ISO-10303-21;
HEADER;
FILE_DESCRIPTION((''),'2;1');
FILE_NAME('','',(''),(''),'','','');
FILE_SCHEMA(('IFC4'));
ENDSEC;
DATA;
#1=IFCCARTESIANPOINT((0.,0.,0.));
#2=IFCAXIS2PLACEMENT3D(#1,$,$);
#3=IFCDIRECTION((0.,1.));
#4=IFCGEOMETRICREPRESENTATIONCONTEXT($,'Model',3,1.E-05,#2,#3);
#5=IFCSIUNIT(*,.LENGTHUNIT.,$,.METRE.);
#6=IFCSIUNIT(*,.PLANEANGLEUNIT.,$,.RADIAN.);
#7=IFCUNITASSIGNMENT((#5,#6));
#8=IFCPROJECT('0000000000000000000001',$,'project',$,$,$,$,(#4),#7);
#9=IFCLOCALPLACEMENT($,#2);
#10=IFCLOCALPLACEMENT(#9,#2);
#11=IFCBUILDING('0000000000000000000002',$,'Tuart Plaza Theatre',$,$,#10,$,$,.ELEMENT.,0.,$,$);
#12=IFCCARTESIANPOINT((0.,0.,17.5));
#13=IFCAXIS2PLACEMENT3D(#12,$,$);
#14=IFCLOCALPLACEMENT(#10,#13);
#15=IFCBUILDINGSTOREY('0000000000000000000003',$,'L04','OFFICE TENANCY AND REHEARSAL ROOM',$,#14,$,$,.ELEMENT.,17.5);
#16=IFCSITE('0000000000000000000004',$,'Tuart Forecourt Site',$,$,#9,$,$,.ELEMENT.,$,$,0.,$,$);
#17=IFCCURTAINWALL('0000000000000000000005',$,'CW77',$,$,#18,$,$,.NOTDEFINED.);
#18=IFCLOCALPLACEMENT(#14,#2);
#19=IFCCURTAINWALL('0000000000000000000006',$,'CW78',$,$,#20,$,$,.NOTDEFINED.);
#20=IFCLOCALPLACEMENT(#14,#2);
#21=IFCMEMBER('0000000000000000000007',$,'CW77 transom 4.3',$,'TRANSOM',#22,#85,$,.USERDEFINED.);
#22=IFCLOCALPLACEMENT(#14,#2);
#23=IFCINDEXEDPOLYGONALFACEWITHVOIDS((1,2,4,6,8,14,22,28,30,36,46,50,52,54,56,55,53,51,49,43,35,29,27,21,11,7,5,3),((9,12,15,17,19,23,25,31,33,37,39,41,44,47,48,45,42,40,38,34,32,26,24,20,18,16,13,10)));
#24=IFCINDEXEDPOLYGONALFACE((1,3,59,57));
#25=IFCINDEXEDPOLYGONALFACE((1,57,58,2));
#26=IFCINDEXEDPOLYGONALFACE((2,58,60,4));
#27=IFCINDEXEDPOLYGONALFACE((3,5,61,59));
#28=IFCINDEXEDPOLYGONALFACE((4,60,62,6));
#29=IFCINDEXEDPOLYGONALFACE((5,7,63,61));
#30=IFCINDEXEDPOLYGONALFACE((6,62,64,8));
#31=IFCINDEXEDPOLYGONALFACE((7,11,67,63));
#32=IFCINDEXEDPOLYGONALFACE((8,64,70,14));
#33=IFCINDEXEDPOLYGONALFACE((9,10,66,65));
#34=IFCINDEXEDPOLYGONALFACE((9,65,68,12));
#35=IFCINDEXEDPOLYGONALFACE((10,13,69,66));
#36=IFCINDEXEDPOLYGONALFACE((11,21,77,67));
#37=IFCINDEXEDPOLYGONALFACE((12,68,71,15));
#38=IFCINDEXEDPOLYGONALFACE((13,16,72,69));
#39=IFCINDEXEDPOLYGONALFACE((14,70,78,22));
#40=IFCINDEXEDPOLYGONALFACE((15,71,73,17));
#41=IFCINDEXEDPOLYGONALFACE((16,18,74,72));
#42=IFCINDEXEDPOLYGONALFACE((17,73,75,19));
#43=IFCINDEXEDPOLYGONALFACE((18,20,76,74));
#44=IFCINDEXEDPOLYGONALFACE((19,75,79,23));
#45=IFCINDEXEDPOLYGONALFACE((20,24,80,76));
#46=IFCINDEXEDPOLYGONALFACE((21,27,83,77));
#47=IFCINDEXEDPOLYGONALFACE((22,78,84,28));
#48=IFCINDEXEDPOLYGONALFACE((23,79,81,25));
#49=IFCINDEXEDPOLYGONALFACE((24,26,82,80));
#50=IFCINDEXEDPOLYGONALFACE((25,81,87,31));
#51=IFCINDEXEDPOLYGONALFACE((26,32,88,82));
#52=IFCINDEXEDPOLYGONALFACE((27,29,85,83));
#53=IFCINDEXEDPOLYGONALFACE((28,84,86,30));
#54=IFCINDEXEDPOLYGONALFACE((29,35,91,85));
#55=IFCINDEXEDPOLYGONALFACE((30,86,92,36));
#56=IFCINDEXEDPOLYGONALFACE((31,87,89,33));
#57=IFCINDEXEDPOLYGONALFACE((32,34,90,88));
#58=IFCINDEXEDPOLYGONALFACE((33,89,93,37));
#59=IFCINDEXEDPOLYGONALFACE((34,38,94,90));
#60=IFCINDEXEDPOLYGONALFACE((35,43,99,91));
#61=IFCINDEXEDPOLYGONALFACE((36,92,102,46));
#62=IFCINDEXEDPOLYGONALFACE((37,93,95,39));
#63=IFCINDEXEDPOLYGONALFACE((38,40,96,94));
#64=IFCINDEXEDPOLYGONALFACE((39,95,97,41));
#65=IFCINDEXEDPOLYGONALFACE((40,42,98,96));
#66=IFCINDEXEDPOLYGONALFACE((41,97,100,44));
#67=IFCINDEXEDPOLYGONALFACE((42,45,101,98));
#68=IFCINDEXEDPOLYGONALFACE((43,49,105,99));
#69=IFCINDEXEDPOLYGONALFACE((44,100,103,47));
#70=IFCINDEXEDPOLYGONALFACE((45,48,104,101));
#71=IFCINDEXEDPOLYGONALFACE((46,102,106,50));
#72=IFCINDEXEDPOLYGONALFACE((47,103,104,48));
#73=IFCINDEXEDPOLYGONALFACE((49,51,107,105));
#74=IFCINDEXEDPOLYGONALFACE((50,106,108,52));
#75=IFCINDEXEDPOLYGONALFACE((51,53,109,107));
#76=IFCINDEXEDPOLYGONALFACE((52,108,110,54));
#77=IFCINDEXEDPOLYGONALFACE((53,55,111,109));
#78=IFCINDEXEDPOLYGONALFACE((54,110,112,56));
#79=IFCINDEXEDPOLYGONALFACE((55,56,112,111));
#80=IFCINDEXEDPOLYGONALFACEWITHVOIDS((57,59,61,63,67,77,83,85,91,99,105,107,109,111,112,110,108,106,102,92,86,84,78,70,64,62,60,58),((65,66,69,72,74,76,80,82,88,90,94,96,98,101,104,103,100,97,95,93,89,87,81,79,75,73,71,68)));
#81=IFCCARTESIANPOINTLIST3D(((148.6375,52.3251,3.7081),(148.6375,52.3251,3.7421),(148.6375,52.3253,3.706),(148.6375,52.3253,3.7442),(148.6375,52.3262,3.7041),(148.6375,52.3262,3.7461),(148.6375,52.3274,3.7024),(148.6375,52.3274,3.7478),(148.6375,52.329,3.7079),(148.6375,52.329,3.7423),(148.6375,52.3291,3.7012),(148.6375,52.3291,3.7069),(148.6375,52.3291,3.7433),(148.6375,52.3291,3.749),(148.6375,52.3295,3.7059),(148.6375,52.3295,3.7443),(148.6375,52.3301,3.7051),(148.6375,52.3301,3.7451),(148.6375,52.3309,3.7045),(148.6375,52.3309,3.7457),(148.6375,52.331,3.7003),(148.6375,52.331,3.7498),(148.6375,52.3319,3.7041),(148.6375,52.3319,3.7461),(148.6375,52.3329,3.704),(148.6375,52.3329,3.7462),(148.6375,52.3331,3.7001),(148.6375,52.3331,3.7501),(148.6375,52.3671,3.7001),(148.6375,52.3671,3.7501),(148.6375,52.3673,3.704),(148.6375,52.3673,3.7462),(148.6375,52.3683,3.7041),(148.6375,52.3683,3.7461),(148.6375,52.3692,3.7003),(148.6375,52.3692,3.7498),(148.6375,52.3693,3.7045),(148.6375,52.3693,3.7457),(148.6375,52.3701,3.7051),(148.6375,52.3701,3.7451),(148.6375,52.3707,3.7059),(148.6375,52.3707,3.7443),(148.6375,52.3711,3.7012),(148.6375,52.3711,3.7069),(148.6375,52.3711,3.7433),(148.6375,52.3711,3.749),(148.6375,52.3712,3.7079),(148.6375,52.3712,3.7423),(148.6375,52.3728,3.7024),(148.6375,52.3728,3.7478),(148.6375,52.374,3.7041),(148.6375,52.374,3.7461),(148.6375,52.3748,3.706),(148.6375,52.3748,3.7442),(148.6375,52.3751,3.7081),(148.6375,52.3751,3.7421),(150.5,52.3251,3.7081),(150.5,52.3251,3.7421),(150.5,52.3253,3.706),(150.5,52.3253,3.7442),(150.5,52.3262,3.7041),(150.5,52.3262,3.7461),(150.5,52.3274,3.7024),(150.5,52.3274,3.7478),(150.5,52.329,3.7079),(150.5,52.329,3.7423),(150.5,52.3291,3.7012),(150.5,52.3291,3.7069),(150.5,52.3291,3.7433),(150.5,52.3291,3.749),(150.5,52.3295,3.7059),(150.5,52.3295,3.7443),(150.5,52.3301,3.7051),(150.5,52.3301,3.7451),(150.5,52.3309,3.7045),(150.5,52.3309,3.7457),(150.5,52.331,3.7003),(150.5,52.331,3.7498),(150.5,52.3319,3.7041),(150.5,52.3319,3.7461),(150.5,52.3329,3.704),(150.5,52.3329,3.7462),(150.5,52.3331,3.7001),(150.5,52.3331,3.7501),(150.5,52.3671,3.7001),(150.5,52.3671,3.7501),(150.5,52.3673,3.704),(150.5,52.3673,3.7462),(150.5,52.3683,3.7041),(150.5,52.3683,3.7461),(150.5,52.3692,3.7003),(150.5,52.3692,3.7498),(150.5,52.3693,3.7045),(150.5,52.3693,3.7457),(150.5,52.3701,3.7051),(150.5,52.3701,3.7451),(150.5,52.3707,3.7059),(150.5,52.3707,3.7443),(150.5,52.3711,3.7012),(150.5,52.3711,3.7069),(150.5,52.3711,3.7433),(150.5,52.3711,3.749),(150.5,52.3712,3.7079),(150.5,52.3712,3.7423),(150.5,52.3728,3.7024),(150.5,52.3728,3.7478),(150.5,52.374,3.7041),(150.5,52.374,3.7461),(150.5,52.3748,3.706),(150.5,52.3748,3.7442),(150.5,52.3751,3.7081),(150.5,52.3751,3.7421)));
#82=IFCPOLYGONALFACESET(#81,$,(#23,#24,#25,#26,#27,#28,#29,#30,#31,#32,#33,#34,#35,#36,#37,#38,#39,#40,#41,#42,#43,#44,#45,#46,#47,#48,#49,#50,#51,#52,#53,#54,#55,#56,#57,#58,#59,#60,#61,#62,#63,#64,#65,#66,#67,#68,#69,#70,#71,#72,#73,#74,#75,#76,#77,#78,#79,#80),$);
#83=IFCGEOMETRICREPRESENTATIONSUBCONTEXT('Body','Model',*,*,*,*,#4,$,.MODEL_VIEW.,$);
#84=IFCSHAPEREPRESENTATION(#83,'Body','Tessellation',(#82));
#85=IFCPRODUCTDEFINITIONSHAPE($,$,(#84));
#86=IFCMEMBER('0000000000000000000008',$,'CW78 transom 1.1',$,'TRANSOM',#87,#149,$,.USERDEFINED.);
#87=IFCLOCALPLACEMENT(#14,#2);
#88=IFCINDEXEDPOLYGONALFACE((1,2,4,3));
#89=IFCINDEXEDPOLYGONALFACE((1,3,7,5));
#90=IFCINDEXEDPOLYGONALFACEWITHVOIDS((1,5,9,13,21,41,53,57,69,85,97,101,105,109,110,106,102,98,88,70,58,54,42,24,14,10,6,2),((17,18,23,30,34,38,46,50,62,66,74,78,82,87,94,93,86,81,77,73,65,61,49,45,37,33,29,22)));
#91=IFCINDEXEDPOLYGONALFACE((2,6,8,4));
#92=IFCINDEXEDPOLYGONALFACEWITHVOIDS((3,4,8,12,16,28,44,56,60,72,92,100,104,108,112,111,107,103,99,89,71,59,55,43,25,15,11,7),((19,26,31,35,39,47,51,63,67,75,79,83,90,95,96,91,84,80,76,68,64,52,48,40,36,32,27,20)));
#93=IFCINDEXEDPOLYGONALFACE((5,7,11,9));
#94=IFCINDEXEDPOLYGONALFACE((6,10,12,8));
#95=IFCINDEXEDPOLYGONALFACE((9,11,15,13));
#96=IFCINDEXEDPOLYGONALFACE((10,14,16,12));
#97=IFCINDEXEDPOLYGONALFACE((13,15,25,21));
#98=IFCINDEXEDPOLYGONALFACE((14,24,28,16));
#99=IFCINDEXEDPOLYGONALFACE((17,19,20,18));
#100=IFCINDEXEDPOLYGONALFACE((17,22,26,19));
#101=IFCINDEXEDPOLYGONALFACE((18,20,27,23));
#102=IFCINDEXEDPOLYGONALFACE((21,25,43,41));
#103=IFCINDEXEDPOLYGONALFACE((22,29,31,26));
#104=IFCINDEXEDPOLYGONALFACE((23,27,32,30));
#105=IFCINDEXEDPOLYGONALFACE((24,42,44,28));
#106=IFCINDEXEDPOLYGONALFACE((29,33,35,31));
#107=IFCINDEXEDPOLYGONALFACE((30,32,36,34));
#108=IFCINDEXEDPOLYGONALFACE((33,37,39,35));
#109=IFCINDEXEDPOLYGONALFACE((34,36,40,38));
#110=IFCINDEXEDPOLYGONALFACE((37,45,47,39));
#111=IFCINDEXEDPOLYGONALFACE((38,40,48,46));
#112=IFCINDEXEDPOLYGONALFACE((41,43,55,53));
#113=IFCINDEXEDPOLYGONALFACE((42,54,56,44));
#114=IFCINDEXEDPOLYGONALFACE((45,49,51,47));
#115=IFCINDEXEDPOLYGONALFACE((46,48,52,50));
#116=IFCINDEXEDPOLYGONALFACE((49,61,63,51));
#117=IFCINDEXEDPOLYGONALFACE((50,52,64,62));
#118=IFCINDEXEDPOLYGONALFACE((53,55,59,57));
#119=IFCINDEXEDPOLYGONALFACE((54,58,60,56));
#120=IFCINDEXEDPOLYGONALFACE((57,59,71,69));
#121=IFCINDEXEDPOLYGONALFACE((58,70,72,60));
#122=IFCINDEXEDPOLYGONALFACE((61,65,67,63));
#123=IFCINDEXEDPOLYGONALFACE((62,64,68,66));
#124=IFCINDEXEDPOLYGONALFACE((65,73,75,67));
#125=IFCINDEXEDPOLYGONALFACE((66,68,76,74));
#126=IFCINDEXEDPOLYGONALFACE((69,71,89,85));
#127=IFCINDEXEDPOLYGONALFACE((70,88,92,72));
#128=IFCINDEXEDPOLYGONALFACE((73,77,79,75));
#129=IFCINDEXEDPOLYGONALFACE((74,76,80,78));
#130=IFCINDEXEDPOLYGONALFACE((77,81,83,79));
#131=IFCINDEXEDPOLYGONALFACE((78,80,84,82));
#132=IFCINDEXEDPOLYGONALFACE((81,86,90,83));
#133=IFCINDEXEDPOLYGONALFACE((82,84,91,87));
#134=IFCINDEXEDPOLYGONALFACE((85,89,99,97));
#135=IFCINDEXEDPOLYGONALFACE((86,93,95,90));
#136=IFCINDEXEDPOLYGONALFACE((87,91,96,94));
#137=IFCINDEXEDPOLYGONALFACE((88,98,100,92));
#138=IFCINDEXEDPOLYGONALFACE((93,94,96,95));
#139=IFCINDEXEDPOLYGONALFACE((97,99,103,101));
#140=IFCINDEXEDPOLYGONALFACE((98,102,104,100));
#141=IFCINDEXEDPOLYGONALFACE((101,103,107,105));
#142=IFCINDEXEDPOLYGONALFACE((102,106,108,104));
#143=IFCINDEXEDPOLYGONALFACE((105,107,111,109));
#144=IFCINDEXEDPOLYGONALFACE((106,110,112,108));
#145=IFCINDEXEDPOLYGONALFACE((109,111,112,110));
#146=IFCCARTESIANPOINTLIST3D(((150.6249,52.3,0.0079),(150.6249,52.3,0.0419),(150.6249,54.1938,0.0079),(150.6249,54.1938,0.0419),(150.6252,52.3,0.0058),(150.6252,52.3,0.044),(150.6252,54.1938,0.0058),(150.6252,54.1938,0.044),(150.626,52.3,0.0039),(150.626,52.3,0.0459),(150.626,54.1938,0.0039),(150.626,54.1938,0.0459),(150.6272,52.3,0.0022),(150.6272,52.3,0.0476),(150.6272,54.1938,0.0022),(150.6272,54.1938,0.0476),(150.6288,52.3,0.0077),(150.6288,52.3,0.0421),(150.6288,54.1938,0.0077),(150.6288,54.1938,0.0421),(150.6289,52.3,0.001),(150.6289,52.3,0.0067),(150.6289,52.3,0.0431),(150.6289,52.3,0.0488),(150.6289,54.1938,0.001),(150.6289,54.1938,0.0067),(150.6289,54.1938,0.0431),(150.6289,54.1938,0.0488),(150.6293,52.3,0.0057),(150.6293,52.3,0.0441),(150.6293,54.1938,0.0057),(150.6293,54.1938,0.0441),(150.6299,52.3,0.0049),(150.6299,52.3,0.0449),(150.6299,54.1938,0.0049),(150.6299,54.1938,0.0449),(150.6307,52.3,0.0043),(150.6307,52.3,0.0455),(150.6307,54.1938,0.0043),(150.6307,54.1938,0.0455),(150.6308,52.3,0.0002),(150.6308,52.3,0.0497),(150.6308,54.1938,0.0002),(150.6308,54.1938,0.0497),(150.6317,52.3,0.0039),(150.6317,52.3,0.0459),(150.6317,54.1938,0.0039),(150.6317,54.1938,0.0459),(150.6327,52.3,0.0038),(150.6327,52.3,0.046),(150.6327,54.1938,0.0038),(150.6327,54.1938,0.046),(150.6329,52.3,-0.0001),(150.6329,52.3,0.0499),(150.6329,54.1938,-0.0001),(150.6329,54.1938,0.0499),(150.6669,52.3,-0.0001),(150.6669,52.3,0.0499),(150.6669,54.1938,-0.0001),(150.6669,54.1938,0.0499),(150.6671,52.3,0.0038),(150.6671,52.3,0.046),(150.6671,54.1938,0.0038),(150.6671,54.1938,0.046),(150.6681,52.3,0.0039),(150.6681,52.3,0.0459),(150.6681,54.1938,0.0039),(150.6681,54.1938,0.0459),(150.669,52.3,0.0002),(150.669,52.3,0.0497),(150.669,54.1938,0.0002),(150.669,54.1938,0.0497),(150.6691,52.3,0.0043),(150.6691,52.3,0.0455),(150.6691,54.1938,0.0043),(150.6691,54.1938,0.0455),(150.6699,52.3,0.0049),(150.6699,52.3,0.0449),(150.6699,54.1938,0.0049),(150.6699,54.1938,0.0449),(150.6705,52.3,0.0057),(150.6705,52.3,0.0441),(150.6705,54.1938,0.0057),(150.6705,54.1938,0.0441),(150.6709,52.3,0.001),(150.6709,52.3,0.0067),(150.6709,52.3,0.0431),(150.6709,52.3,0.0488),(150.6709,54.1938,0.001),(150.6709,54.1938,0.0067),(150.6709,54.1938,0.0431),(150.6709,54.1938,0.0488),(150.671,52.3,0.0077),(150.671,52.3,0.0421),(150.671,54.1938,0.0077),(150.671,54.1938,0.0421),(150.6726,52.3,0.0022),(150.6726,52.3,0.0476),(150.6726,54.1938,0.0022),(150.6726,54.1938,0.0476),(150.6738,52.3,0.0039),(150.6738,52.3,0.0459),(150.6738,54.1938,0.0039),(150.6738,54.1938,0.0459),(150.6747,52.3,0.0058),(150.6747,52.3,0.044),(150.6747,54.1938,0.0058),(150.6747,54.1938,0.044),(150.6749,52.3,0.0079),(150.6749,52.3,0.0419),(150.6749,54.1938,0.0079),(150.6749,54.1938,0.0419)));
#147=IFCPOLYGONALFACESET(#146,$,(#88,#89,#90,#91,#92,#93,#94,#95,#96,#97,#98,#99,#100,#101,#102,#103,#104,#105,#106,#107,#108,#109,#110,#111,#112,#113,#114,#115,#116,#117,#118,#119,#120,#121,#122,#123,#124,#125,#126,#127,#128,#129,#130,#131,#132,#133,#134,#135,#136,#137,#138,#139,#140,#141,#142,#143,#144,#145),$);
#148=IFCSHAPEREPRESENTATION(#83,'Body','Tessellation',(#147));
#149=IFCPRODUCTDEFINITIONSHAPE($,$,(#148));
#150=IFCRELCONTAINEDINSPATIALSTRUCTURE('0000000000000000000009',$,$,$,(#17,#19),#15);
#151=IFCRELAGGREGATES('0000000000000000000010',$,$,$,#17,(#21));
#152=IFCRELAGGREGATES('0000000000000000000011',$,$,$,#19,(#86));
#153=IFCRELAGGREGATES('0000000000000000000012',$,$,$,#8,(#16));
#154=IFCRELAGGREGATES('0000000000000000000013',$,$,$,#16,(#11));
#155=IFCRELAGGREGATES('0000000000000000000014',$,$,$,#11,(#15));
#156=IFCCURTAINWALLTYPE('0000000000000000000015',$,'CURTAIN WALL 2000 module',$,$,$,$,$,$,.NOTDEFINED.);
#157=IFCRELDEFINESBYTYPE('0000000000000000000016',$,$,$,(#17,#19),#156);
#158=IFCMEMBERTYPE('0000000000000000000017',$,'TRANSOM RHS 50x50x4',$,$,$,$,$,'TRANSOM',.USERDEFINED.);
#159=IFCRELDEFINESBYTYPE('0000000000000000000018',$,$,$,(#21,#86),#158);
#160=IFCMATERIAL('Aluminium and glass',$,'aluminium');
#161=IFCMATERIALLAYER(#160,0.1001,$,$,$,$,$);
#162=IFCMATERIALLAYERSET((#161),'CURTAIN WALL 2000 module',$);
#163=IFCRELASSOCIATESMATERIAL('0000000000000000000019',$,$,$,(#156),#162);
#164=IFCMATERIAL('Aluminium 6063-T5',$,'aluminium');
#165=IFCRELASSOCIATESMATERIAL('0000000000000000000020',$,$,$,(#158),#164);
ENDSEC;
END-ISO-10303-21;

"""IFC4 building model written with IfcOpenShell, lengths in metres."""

from ifc_helpers import new_model, si_unit, direction, frame, origin, origin_2d, place, context, subcontext, project, spatial, hollow_rectangle, extrude, material, layer, layer_set, material_profile, profile_set, type_object, element, aggregate, save


model = new_model("IFC4")

# Units and contexts
model_context = context("Model", 3, precision=1e-05, world=origin(), true_north=direction((0.0, 1.0)))
body_context = subcontext(model_context, "Body", "Model", "MODEL_VIEW")
ifc_project = project(units=[si_unit("LENGTHUNIT", "METRE"), si_unit("PLANEANGLEUNIT", "RADIAN")], contexts=[model_context])

# Site, building, storey
site_placement = place(None, origin())
site = spatial("IfcSite", under=ifc_project, at=site_placement, Name="Tuart Forecourt Site", CompositionType="ELEMENT", RefElevation=0.0)
building_placement = place(site_placement, origin())
building = spatial("IfcBuilding", under=site, at=building_placement, Name="Tuart Plaza Theatre", CompositionType="ELEMENT", ElevationOfRefHeight=0.0)
storey_placement = place(building_placement, frame((0.0, 0.0, 17.5)))
storey = spatial("IfcBuildingStorey", under=building, at=storey_placement, Name="L04", Description="OFFICE TENANCY AND REHEARSAL ROOM", CompositionType="ELEMENT", Elevation=17.5)

# Curtain walls
ifc_material_1 = material(Name="Aluminium and glass", Category="aluminium")
ifc_layer_1 = layer(ifc_material_1, 0.1001)
ifc_layer_set_1 = layer_set([ifc_layer_1], Name="CURTAIN WALL 2000 module")
curtain_wall_type = type_object("IfcCurtainWallType", Name="CURTAIN WALL 2000 module", PredefinedType="NOTDEFINED", material=ifc_layer_set_1)
curtain_wall_1_placement = place(storey_placement, origin())
curtain_wall_1 = element("IfcCurtainWall", 1, at=curtain_wall_1_placement, inside=storey, type_object=curtain_wall_type, Name="CW77", PredefinedType="NOTDEFINED")
curtain_wall_2_placement = place(storey_placement, origin())
curtain_wall_2 = element("IfcCurtainWall", 2, at=curtain_wall_2_placement, inside=storey, type_object=curtain_wall_type, Name="CW78", PredefinedType="NOTDEFINED")

# Members
ifc_material_2 = material(Name="Aluminium 6063-T5", Category="aluminium")
ifc_material_profile_1 = material_profile(ifc_material_2, hollow_rectangle(XDim=0.05, YDim=0.05, WallThickness=0.0039, InnerFilletRadius=0.0039, OuterFilletRadius=0.0081, at=origin_2d()), Name="RHS 50x50x4")
ifc_profile_set_1 = profile_set([ifc_material_profile_1], Name="Aluminium 6063-T5")
member_type_1 = type_object("IfcMemberType", Name="TRANSOM RHS 50x50x4", ElementType="TRANSOM", PredefinedType="USERDEFINED", material=ifc_profile_set_1)
member_1_placement = place(storey_placement, frame((148.6375, 52.3501, 3.7251), z_axis=(1.0, 0.0, 0.0), x_axis=(0.0, 1.0, 0.0)))
member_1 = element("IfcMember", 3, at=member_1_placement, type_object=member_type_1, Name="CW77 transom 4.3", ObjectType="TRANSOM", PredefinedType="USERDEFINED", context=body_context, shape_type="SweptSolid", body=[
    extrude(hollow_rectangle(XDim=0.05, YDim=0.05, WallThickness=0.0039, InnerFilletRadius=0.0039, OuterFilletRadius=0.0081, at=origin_2d()), origin(), (0.0, 0.0, 1.0), 1.8625),
])
member_2_placement = place(storey_placement, frame((150.6499, 52.3, 0.0249), z_axis=(0.0, 1.0, 0.0), x_axis=(-1.0, 0.0, 0.0)))
member_2 = element("IfcMember", 4, at=member_2_placement, type_object=member_type_1, Name="CW78 transom 1.1", ObjectType="TRANSOM", PredefinedType="USERDEFINED", context=body_context, shape_type="SweptSolid", body=[
    extrude(hollow_rectangle(XDim=0.05, YDim=0.05, WallThickness=0.0039, InnerFilletRadius=0.0039, OuterFilletRadius=0.0081, at=origin_2d()), origin(), (0.0, 0.0, 1.0), 1.8938),
])

aggregate(curtain_wall_1, [member_1])
aggregate(curtain_wall_2, [member_2])

save(model, "model.ifc")
